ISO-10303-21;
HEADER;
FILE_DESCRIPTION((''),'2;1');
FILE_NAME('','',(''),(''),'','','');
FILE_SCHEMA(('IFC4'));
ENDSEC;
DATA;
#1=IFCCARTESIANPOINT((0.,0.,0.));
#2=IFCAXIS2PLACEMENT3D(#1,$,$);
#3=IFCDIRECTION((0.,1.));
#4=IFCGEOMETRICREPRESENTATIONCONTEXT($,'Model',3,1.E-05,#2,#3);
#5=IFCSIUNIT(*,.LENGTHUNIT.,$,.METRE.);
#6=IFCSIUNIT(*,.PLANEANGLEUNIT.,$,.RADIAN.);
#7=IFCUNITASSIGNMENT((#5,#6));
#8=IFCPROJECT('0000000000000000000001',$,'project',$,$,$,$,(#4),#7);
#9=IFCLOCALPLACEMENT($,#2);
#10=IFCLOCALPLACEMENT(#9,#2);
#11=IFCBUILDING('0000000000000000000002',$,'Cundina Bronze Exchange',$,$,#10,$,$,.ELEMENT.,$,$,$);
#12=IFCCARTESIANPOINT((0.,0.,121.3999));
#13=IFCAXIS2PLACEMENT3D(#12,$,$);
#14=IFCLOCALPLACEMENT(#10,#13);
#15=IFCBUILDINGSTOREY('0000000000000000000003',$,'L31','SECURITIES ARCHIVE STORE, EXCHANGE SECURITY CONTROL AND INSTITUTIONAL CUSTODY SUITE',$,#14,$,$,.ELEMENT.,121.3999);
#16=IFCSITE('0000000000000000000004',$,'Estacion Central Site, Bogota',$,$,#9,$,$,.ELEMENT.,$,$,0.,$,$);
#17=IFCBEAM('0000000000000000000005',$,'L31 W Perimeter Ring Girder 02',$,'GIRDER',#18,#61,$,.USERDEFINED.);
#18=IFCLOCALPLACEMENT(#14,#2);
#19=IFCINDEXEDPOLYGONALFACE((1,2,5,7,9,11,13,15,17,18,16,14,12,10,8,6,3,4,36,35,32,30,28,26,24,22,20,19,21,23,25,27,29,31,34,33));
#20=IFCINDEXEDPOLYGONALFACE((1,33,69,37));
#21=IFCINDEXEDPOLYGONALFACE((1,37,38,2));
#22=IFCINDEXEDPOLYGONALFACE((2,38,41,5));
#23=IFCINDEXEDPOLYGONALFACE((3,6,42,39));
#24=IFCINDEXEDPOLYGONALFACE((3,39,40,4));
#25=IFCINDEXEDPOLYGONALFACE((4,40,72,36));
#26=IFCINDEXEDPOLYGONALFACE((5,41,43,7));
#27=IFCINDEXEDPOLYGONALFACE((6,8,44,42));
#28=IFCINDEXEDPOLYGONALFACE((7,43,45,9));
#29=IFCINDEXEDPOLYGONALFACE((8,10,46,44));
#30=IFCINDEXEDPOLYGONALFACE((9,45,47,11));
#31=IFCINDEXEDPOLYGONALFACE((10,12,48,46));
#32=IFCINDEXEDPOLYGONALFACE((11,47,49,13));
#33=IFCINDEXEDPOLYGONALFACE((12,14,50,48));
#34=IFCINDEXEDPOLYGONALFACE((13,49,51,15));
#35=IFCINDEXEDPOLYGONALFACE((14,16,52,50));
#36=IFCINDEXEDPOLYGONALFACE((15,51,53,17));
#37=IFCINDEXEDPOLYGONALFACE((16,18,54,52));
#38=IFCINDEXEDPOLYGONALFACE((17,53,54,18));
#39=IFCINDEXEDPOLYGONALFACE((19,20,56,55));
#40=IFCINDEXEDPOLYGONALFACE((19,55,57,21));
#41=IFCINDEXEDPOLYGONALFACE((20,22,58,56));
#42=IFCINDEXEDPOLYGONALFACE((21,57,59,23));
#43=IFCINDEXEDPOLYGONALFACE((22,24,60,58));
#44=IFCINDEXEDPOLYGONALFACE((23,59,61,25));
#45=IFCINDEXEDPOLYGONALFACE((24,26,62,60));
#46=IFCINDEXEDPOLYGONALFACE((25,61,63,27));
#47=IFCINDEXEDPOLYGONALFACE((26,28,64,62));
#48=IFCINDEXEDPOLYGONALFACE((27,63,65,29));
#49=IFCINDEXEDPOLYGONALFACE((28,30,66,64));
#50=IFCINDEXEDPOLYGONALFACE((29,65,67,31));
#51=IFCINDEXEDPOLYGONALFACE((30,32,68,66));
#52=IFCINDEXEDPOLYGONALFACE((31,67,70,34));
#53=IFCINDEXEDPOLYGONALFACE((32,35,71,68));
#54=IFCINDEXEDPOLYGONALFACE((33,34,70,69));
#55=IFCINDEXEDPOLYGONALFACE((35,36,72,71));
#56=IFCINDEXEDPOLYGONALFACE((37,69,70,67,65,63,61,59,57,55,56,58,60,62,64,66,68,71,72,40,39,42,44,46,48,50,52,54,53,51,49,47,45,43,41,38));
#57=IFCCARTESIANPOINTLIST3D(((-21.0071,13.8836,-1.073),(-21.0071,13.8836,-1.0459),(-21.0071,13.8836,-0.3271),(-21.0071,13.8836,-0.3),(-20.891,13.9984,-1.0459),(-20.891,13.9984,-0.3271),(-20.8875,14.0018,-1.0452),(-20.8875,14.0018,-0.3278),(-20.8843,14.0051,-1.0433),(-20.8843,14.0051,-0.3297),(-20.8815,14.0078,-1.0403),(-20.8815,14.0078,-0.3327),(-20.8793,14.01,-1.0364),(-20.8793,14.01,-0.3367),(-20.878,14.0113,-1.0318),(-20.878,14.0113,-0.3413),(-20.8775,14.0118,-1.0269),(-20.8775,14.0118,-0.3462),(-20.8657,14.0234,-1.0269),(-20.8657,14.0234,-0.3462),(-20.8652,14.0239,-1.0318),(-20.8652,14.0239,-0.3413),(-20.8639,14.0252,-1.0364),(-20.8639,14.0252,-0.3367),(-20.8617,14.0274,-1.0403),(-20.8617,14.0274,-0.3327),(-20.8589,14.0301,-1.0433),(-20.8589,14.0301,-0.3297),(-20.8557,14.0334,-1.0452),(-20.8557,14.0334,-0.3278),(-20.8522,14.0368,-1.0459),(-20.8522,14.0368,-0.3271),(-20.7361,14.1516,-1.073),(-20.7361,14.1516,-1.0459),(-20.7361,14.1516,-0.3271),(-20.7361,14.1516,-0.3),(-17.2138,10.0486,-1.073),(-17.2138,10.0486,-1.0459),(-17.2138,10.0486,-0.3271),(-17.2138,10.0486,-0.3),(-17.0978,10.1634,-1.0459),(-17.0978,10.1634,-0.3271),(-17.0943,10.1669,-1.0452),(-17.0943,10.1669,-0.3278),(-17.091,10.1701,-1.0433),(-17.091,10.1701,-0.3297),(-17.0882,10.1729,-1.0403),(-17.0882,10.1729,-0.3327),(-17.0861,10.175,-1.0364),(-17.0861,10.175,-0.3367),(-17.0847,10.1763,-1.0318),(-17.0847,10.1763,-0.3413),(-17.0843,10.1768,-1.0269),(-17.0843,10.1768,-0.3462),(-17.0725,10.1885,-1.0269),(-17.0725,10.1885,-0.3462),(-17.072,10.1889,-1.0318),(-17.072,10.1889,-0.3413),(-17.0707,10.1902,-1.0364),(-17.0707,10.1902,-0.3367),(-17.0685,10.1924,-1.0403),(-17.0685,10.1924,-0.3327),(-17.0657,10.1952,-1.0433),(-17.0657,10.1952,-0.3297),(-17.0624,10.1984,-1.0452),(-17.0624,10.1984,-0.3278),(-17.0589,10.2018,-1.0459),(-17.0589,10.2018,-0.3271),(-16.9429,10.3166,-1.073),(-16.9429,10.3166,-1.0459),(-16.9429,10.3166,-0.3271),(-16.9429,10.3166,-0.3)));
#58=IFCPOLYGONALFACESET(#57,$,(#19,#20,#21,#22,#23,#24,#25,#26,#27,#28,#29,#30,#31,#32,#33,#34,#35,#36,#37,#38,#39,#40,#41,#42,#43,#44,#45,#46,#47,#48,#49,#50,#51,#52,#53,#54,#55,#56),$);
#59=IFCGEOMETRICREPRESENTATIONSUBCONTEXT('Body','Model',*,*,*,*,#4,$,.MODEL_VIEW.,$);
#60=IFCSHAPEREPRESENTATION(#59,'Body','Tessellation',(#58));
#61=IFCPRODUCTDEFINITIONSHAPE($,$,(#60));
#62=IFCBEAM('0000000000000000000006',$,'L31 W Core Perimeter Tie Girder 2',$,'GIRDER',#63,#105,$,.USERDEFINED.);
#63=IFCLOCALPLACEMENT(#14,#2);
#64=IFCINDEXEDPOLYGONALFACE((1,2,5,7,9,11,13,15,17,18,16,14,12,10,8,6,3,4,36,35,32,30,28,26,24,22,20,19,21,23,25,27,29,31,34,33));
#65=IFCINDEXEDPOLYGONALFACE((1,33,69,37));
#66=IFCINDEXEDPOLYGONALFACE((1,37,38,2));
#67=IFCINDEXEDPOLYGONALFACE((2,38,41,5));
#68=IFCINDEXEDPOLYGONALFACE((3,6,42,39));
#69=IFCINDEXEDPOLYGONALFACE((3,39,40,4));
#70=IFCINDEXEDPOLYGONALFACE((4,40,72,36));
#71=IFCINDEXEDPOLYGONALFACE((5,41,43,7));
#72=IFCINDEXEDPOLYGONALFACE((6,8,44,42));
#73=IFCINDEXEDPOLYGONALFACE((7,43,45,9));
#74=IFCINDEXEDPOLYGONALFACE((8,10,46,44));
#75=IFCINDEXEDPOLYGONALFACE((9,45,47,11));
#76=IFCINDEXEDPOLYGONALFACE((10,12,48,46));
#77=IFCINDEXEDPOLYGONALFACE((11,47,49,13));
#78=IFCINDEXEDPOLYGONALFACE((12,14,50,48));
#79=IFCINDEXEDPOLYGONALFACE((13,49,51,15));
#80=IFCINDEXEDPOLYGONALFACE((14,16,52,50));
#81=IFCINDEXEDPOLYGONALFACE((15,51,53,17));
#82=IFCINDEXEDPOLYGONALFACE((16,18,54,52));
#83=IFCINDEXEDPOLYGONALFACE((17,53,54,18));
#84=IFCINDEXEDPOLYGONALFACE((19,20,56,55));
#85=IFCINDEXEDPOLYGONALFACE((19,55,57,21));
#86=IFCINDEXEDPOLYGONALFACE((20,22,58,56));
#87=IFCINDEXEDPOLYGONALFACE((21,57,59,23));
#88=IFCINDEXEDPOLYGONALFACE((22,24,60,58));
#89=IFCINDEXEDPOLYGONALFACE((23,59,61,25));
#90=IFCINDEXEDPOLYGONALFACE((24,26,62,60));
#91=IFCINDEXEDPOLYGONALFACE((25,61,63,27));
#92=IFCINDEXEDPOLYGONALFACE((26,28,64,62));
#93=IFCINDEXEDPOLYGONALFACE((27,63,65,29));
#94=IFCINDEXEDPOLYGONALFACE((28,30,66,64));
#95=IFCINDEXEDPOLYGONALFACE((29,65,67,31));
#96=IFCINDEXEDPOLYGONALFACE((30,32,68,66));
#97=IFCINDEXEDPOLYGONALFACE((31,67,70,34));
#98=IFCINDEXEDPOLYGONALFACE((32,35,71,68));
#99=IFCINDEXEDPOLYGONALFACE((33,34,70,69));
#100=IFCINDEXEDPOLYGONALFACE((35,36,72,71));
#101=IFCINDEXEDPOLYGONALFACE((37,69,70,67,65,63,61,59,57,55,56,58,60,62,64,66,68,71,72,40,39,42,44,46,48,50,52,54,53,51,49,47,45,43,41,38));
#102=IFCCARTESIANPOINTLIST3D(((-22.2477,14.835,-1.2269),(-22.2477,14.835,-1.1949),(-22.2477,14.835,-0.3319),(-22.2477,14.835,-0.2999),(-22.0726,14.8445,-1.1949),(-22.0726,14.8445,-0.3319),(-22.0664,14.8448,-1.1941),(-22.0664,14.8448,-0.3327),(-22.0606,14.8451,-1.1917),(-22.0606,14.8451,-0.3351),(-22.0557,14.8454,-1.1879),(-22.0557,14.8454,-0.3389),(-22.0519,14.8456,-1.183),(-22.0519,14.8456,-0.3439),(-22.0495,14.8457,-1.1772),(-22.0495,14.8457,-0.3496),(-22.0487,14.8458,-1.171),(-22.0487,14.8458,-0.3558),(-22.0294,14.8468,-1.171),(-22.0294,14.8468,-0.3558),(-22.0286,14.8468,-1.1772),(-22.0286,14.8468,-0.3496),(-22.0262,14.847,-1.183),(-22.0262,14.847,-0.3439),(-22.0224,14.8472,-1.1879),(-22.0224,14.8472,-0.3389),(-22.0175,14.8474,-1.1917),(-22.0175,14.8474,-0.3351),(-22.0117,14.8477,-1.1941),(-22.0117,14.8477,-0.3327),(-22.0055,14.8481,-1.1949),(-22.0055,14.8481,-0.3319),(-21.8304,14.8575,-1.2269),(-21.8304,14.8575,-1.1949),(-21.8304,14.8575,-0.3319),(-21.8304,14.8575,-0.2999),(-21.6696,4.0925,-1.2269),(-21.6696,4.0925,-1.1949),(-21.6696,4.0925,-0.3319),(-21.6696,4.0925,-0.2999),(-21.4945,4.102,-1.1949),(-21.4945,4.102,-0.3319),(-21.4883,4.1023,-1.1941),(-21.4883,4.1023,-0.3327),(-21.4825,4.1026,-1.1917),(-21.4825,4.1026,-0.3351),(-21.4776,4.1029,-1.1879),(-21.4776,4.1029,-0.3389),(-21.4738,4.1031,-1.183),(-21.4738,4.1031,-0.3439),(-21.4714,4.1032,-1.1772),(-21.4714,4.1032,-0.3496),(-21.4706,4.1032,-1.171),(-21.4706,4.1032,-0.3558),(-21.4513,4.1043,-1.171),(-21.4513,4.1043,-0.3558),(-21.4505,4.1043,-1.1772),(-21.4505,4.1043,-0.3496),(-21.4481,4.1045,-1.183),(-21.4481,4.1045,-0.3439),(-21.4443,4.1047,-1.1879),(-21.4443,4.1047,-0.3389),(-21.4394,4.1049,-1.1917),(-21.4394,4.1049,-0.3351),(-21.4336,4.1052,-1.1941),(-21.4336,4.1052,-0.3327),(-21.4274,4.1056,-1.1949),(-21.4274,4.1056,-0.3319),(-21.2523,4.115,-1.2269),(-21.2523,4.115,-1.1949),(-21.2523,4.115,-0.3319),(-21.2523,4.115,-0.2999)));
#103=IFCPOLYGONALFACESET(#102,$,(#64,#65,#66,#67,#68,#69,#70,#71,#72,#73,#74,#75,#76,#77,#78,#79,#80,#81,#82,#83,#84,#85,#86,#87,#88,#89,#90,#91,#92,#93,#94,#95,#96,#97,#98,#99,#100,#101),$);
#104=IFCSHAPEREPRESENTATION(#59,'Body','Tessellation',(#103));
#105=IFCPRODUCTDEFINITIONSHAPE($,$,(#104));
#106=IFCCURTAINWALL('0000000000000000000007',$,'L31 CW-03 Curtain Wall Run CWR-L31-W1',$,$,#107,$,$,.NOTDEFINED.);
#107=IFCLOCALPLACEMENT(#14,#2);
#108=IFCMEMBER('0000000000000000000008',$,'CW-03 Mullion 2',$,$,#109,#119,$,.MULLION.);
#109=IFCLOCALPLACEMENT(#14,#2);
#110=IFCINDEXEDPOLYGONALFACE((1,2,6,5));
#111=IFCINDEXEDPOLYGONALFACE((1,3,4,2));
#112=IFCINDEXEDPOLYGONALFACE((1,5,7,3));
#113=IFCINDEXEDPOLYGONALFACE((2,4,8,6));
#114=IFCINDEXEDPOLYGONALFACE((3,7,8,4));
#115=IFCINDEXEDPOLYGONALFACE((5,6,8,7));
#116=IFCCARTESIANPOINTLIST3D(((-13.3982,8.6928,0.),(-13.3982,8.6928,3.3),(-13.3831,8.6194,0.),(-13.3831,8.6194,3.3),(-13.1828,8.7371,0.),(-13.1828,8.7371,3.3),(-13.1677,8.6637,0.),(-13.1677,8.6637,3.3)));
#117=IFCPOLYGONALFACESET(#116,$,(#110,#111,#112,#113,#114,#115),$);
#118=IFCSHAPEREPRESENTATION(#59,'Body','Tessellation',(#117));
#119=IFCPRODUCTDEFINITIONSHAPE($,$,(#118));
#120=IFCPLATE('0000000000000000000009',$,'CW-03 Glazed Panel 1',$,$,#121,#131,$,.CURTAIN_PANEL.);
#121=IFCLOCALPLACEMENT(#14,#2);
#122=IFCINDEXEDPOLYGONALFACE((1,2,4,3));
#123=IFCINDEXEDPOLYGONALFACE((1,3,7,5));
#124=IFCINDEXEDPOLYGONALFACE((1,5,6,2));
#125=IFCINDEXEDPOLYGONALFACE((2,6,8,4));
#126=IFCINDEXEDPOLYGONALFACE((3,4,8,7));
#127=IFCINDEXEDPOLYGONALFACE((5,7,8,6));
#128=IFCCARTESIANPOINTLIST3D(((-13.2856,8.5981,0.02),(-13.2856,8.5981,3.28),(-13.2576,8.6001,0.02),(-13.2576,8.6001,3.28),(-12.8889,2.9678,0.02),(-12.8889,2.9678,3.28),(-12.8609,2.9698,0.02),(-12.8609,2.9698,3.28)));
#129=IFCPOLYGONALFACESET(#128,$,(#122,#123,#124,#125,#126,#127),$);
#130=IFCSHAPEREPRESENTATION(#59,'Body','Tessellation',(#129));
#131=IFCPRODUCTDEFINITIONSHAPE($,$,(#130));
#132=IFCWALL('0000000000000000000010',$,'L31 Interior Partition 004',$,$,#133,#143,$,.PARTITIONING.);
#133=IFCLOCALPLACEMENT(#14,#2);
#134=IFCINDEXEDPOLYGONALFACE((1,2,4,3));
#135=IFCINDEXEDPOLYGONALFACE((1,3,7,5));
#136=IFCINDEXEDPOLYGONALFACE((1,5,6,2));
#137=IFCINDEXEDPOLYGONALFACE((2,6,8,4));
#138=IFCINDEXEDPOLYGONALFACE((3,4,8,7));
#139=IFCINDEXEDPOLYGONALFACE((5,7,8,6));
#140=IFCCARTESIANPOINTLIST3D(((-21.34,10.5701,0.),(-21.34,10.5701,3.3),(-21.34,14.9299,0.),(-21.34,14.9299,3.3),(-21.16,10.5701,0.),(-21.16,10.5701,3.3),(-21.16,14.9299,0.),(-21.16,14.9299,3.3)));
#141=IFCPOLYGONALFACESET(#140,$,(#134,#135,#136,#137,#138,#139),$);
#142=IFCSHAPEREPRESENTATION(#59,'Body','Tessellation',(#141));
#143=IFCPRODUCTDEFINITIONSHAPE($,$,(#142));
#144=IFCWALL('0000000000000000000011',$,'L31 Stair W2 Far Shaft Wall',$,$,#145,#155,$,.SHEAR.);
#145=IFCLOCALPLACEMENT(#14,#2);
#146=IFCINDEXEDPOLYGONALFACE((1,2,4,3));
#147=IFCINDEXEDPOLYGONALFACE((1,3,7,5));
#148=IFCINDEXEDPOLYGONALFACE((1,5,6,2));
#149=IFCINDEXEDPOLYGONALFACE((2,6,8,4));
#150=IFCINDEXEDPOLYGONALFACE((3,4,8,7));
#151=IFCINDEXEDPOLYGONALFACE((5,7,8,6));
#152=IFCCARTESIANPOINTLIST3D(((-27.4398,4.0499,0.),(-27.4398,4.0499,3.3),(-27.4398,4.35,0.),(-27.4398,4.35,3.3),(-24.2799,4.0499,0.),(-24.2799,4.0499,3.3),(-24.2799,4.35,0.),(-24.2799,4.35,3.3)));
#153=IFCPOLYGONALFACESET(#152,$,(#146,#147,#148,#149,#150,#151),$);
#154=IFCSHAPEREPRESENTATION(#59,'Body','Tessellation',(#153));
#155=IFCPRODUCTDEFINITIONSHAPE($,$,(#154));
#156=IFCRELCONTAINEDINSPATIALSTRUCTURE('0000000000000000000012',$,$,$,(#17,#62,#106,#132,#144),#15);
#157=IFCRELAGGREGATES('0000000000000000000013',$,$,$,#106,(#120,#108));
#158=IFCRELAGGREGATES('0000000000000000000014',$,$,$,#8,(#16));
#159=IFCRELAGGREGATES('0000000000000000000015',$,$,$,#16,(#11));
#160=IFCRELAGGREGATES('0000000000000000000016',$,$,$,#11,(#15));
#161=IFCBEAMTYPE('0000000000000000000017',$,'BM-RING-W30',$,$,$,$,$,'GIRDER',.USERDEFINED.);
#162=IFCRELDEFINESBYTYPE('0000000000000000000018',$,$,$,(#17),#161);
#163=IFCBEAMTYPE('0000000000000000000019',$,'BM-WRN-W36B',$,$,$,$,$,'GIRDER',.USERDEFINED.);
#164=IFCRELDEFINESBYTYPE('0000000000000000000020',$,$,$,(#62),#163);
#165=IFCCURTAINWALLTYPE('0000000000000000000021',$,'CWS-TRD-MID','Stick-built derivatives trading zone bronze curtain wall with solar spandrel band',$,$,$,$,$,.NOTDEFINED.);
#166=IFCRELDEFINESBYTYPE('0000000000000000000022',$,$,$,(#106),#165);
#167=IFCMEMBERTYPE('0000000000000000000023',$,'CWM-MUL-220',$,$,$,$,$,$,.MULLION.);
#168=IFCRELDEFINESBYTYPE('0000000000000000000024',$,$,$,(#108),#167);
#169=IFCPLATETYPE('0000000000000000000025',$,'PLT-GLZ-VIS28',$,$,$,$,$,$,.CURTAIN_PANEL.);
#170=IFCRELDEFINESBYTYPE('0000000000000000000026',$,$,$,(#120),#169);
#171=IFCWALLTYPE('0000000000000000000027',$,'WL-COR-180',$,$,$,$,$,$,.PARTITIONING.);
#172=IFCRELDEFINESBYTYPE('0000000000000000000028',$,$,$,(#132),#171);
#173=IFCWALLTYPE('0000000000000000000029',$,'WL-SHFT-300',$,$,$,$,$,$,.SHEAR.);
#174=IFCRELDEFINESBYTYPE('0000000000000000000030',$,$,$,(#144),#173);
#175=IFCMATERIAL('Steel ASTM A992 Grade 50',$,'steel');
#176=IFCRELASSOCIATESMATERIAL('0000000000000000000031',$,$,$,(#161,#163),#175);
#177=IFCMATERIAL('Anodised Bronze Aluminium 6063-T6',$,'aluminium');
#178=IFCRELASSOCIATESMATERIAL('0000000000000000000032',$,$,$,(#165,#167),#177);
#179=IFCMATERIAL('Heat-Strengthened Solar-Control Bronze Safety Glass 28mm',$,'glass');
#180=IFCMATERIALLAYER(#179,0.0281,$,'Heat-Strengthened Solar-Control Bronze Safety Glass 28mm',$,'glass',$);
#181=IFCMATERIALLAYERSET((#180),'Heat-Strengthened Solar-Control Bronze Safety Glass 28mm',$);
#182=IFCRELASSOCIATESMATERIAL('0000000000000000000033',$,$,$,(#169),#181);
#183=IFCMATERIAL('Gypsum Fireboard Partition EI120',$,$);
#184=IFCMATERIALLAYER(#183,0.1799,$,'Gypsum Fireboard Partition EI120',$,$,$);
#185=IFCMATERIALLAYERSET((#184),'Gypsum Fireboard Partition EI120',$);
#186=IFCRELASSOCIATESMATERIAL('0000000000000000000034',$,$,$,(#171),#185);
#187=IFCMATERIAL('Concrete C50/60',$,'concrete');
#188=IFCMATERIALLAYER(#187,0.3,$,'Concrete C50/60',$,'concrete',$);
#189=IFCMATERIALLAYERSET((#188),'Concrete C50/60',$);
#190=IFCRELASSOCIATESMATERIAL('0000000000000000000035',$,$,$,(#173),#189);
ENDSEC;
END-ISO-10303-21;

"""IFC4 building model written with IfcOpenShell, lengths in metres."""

from ifc_helpers import new_model, si_unit, direction, frame, frame_2d, origin, origin_2d, place, context, subcontext, project, spatial, rectangle, i_section, extrude, material, layer, layer_set, material_profile, profile_set, type_object, element, aggregate, save


model = new_model("IFC4")

# Units and contexts
model_context = context("Model", 3, precision=1e-05, world=origin(), true_north=direction((0.0, 1.0)))
body_context = subcontext(model_context, "Body", "Model", "MODEL_VIEW")
ifc_project = project(units=[si_unit("LENGTHUNIT", "METRE"), si_unit("PLANEANGLEUNIT", "RADIAN")], contexts=[model_context])

# Site, building, storey
site_placement = place(None, origin())
site = spatial("IfcSite", under=ifc_project, at=site_placement, Name="Estacion Central Site, Bogota", CompositionType="ELEMENT", RefElevation=0.0)
building_placement = place(site_placement, origin())
building = spatial("IfcBuilding", under=site, at=building_placement, Name="Cundina Bronze Exchange", CompositionType="ELEMENT")
storey_placement = place(building_placement, frame((0.0, 0.0, 121.3999)))
storey = spatial("IfcBuildingStorey", under=building, at=storey_placement, Name="L31", Description="SECURITIES ARCHIVE STORE, EXCHANGE SECURITY CONTROL AND INSTITUTIONAL CUSTODY SUITE", CompositionType="ELEMENT", Elevation=121.3999)

# Beams
ifc_material_1 = material(Name="Steel ASTM A992 Grade 50", Category="steel")
ifc_material_profile_1 = material_profile(ifc_material_1, i_section(OverallWidth=0.3811, OverallDepth=0.7729, WebThickness=0.0166, FlangeThickness=0.0271, FilletRadius=0.019, at=origin_2d()), Name="W30X173", Category="steel")
ifc_profile_set_1 = profile_set([ifc_material_profile_1], Name="Steel ASTM A992 Grade 50")
beam_type_1 = type_object("IfcBeamType", Name="BM-RING-W30", ElementType="GIRDER", PredefinedType="USERDEFINED", material=ifc_profile_set_1)
beam_1_placement = place(storey_placement, frame((-17.0784, 10.1826, -0.6865), z_axis=(-0.703226, 0.710966, 0.0), x_axis=(-0.710966, -0.703226, 0.0)))
element("IfcBeam", 1, at=beam_1_placement, inside=storey, type_object=beam_type_1, Name="L31 W Perimeter Ring Girder 02", ObjectType="GIRDER", PredefinedType="USERDEFINED", context=body_context, shape_type="SweptSolid", body=[
    extrude(i_section(OverallWidth=0.3811, OverallDepth=0.7729, WebThickness=0.0166, FlangeThickness=0.0271, FilletRadius=0.019, at=origin_2d()), origin(), (0.0, 0.0, 1.0), 5.394),
])
ifc_material_profile_2 = material_profile(ifc_material_1, i_section(OverallWidth=0.418, OverallDepth=0.927, WebThickness=0.0193, FlangeThickness=0.032, FilletRadius=0.0239, at=origin_2d()), Name="W36X231", Category="steel")
ifc_profile_set_2 = profile_set([ifc_material_profile_2], Name="Steel ASTM A992 Grade 50")
beam_type_2 = type_object("IfcBeamType", Name="BM-WRN-W36B", ElementType="GIRDER", PredefinedType="USERDEFINED", material=ifc_profile_set_2)
beam_2_placement = place(storey_placement, frame((-21.4609, 4.1038, -0.7634), z_axis=(-0.053739, 0.998555, 0.0), x_axis=(-0.998555, -0.053739, 0.0)))
element("IfcBeam", 2, at=beam_2_placement, inside=storey, type_object=beam_type_2, Name="L31 W Core Perimeter Tie Girder 2", ObjectType="GIRDER", PredefinedType="USERDEFINED", context=body_context, shape_type="SweptSolid", body=[
    extrude(i_section(OverallWidth=0.418, OverallDepth=0.927, WebThickness=0.0193, FlangeThickness=0.032, FilletRadius=0.0239, at=origin_2d()), origin(), (0.0, 0.0, 1.0), 10.7581),
])

# Curtain wall, member, plate
ifc_material_2 = material(Name="Anodised Bronze Aluminium 6063-T6", Category="aluminium")
curtain_wall_type = type_object("IfcCurtainWallType", Name="CWS-TRD-MID", Description="Stick-built derivatives trading zone bronze curtain wall with solar spandrel band", PredefinedType="NOTDEFINED", material=ifc_material_2)
curtain_wall_placement = place(storey_placement, origin())
curtain_wall = element("IfcCurtainWall", 3, at=curtain_wall_placement, inside=storey, type_object=curtain_wall_type, Name="L31 CW-03 Curtain Wall Run CWR-L31-W1", PredefinedType="NOTDEFINED")
ifc_material_profile_3 = material_profile(ifc_material_2, rectangle(XDim=0.075, YDim=0.22, at=origin_2d()), Name="AL75X220", Category="aluminium")
ifc_profile_set_3 = profile_set([ifc_material_profile_3], Name="Anodised Bronze Aluminium 6063-T6")
member_type = type_object("IfcMemberType", Name="CWM-MUL-220", PredefinedType="MULLION", material=ifc_profile_set_3)
member_placement = place(storey_placement, frame((-13.283, 8.6782, 0.0), z_axis=(0.0, 0.0, 1.0), x_axis=(-0.20142, 0.979505, 0.0)))
member = element("IfcMember", 4, at=member_placement, type_object=member_type, Name="CW-03 Mullion 2", PredefinedType="MULLION", context=body_context, shape_type="SweptSolid", body=[
    extrude(rectangle(XDim=0.075, YDim=0.22, at=origin_2d()), origin(), (0.0, 0.0, 1.0), 3.3),
])
ifc_material_3 = material(Name="Heat-Strengthened Solar-Control Bronze Safety Glass 28mm", Category="glass")
ifc_layer_1 = layer(ifc_material_3, 0.0281, Name="Heat-Strengthened Solar-Control Bronze Safety Glass 28mm", Category="glass")
ifc_layer_set_1 = layer_set([ifc_layer_1], Name="Heat-Strengthened Solar-Control Bronze Safety Glass 28mm")
plate_type = type_object("IfcPlateType", Name="PLT-GLZ-VIS28", PredefinedType="CURTAIN_PANEL", material=ifc_layer_set_1)
plate_placement = place(storey_placement, frame((-13.0732, 5.7839, 0.02), z_axis=(0.0, 0.0, 1.0), x_axis=(-0.070279, 0.997527, 0.0)))
plate = element("IfcPlate", 5, at=plate_placement, type_object=plate_type, Name="CW-03 Glazed Panel 1", PredefinedType="CURTAIN_PANEL", context=body_context, shape_type="SweptSolid", body=[
    extrude(rectangle(XDim=5.6443, YDim=0.0281, at=origin_2d()), origin(), (0.0, 0.0, 1.0), 3.26),
])
aggregate(curtain_wall, [plate, member])

# Walls
ifc_material_4 = material(Name="Gypsum Fireboard Partition EI120")
ifc_layer_2 = layer(ifc_material_4, 0.1799, Name="Gypsum Fireboard Partition EI120")
ifc_layer_set_2 = layer_set([ifc_layer_2], Name="Gypsum Fireboard Partition EI120")
wall_type_1 = type_object("IfcWallType", Name="WL-COR-180", PredefinedType="PARTITIONING", material=ifc_layer_set_2)
wall_1_placement = place(storey_placement, frame((-21.25, 10.5701, 0.0), z_axis=(0.0, 0.0, 1.0), x_axis=(0.0, 1.0, 0.0)))
element("IfcWall", 6, at=wall_1_placement, inside=storey, type_object=wall_type_1, Name="L31 Interior Partition 004", PredefinedType="PARTITIONING", context=body_context, shape_type="SweptSolid", body=[
    extrude(rectangle(XDim=4.3599, YDim=0.1799, at=frame_2d((2.1799, 0.0))), origin(), (0.0, 0.0, 1.0), 3.3),
])
ifc_material_5 = material(Name="Concrete C50/60", Category="concrete")
ifc_layer_3 = layer(ifc_material_5, 0.3, Name="Concrete C50/60", Category="concrete")
ifc_layer_set_3 = layer_set([ifc_layer_3], Name="Concrete C50/60")
wall_type_2 = type_object("IfcWallType", Name="WL-SHFT-300", PredefinedType="SHEAR", material=ifc_layer_set_3)
wall_2_placement = place(storey_placement, frame((-27.4399, 4.2, 0.0), z_axis=(0.0, 0.0, 1.0), x_axis=(1.0, 0.0, 0.0)))
element("IfcWall", 7, at=wall_2_placement, inside=storey, type_object=wall_type_2, Name="L31 Stair W2 Far Shaft Wall", PredefinedType="SHEAR", context=body_context, shape_type="SweptSolid", body=[
    extrude(rectangle(XDim=3.1599, YDim=0.3, at=frame_2d((1.5801, 0.0))), origin(), (0.0, 0.0, 1.0), 3.3),
])

save(model, "model.ifc")
